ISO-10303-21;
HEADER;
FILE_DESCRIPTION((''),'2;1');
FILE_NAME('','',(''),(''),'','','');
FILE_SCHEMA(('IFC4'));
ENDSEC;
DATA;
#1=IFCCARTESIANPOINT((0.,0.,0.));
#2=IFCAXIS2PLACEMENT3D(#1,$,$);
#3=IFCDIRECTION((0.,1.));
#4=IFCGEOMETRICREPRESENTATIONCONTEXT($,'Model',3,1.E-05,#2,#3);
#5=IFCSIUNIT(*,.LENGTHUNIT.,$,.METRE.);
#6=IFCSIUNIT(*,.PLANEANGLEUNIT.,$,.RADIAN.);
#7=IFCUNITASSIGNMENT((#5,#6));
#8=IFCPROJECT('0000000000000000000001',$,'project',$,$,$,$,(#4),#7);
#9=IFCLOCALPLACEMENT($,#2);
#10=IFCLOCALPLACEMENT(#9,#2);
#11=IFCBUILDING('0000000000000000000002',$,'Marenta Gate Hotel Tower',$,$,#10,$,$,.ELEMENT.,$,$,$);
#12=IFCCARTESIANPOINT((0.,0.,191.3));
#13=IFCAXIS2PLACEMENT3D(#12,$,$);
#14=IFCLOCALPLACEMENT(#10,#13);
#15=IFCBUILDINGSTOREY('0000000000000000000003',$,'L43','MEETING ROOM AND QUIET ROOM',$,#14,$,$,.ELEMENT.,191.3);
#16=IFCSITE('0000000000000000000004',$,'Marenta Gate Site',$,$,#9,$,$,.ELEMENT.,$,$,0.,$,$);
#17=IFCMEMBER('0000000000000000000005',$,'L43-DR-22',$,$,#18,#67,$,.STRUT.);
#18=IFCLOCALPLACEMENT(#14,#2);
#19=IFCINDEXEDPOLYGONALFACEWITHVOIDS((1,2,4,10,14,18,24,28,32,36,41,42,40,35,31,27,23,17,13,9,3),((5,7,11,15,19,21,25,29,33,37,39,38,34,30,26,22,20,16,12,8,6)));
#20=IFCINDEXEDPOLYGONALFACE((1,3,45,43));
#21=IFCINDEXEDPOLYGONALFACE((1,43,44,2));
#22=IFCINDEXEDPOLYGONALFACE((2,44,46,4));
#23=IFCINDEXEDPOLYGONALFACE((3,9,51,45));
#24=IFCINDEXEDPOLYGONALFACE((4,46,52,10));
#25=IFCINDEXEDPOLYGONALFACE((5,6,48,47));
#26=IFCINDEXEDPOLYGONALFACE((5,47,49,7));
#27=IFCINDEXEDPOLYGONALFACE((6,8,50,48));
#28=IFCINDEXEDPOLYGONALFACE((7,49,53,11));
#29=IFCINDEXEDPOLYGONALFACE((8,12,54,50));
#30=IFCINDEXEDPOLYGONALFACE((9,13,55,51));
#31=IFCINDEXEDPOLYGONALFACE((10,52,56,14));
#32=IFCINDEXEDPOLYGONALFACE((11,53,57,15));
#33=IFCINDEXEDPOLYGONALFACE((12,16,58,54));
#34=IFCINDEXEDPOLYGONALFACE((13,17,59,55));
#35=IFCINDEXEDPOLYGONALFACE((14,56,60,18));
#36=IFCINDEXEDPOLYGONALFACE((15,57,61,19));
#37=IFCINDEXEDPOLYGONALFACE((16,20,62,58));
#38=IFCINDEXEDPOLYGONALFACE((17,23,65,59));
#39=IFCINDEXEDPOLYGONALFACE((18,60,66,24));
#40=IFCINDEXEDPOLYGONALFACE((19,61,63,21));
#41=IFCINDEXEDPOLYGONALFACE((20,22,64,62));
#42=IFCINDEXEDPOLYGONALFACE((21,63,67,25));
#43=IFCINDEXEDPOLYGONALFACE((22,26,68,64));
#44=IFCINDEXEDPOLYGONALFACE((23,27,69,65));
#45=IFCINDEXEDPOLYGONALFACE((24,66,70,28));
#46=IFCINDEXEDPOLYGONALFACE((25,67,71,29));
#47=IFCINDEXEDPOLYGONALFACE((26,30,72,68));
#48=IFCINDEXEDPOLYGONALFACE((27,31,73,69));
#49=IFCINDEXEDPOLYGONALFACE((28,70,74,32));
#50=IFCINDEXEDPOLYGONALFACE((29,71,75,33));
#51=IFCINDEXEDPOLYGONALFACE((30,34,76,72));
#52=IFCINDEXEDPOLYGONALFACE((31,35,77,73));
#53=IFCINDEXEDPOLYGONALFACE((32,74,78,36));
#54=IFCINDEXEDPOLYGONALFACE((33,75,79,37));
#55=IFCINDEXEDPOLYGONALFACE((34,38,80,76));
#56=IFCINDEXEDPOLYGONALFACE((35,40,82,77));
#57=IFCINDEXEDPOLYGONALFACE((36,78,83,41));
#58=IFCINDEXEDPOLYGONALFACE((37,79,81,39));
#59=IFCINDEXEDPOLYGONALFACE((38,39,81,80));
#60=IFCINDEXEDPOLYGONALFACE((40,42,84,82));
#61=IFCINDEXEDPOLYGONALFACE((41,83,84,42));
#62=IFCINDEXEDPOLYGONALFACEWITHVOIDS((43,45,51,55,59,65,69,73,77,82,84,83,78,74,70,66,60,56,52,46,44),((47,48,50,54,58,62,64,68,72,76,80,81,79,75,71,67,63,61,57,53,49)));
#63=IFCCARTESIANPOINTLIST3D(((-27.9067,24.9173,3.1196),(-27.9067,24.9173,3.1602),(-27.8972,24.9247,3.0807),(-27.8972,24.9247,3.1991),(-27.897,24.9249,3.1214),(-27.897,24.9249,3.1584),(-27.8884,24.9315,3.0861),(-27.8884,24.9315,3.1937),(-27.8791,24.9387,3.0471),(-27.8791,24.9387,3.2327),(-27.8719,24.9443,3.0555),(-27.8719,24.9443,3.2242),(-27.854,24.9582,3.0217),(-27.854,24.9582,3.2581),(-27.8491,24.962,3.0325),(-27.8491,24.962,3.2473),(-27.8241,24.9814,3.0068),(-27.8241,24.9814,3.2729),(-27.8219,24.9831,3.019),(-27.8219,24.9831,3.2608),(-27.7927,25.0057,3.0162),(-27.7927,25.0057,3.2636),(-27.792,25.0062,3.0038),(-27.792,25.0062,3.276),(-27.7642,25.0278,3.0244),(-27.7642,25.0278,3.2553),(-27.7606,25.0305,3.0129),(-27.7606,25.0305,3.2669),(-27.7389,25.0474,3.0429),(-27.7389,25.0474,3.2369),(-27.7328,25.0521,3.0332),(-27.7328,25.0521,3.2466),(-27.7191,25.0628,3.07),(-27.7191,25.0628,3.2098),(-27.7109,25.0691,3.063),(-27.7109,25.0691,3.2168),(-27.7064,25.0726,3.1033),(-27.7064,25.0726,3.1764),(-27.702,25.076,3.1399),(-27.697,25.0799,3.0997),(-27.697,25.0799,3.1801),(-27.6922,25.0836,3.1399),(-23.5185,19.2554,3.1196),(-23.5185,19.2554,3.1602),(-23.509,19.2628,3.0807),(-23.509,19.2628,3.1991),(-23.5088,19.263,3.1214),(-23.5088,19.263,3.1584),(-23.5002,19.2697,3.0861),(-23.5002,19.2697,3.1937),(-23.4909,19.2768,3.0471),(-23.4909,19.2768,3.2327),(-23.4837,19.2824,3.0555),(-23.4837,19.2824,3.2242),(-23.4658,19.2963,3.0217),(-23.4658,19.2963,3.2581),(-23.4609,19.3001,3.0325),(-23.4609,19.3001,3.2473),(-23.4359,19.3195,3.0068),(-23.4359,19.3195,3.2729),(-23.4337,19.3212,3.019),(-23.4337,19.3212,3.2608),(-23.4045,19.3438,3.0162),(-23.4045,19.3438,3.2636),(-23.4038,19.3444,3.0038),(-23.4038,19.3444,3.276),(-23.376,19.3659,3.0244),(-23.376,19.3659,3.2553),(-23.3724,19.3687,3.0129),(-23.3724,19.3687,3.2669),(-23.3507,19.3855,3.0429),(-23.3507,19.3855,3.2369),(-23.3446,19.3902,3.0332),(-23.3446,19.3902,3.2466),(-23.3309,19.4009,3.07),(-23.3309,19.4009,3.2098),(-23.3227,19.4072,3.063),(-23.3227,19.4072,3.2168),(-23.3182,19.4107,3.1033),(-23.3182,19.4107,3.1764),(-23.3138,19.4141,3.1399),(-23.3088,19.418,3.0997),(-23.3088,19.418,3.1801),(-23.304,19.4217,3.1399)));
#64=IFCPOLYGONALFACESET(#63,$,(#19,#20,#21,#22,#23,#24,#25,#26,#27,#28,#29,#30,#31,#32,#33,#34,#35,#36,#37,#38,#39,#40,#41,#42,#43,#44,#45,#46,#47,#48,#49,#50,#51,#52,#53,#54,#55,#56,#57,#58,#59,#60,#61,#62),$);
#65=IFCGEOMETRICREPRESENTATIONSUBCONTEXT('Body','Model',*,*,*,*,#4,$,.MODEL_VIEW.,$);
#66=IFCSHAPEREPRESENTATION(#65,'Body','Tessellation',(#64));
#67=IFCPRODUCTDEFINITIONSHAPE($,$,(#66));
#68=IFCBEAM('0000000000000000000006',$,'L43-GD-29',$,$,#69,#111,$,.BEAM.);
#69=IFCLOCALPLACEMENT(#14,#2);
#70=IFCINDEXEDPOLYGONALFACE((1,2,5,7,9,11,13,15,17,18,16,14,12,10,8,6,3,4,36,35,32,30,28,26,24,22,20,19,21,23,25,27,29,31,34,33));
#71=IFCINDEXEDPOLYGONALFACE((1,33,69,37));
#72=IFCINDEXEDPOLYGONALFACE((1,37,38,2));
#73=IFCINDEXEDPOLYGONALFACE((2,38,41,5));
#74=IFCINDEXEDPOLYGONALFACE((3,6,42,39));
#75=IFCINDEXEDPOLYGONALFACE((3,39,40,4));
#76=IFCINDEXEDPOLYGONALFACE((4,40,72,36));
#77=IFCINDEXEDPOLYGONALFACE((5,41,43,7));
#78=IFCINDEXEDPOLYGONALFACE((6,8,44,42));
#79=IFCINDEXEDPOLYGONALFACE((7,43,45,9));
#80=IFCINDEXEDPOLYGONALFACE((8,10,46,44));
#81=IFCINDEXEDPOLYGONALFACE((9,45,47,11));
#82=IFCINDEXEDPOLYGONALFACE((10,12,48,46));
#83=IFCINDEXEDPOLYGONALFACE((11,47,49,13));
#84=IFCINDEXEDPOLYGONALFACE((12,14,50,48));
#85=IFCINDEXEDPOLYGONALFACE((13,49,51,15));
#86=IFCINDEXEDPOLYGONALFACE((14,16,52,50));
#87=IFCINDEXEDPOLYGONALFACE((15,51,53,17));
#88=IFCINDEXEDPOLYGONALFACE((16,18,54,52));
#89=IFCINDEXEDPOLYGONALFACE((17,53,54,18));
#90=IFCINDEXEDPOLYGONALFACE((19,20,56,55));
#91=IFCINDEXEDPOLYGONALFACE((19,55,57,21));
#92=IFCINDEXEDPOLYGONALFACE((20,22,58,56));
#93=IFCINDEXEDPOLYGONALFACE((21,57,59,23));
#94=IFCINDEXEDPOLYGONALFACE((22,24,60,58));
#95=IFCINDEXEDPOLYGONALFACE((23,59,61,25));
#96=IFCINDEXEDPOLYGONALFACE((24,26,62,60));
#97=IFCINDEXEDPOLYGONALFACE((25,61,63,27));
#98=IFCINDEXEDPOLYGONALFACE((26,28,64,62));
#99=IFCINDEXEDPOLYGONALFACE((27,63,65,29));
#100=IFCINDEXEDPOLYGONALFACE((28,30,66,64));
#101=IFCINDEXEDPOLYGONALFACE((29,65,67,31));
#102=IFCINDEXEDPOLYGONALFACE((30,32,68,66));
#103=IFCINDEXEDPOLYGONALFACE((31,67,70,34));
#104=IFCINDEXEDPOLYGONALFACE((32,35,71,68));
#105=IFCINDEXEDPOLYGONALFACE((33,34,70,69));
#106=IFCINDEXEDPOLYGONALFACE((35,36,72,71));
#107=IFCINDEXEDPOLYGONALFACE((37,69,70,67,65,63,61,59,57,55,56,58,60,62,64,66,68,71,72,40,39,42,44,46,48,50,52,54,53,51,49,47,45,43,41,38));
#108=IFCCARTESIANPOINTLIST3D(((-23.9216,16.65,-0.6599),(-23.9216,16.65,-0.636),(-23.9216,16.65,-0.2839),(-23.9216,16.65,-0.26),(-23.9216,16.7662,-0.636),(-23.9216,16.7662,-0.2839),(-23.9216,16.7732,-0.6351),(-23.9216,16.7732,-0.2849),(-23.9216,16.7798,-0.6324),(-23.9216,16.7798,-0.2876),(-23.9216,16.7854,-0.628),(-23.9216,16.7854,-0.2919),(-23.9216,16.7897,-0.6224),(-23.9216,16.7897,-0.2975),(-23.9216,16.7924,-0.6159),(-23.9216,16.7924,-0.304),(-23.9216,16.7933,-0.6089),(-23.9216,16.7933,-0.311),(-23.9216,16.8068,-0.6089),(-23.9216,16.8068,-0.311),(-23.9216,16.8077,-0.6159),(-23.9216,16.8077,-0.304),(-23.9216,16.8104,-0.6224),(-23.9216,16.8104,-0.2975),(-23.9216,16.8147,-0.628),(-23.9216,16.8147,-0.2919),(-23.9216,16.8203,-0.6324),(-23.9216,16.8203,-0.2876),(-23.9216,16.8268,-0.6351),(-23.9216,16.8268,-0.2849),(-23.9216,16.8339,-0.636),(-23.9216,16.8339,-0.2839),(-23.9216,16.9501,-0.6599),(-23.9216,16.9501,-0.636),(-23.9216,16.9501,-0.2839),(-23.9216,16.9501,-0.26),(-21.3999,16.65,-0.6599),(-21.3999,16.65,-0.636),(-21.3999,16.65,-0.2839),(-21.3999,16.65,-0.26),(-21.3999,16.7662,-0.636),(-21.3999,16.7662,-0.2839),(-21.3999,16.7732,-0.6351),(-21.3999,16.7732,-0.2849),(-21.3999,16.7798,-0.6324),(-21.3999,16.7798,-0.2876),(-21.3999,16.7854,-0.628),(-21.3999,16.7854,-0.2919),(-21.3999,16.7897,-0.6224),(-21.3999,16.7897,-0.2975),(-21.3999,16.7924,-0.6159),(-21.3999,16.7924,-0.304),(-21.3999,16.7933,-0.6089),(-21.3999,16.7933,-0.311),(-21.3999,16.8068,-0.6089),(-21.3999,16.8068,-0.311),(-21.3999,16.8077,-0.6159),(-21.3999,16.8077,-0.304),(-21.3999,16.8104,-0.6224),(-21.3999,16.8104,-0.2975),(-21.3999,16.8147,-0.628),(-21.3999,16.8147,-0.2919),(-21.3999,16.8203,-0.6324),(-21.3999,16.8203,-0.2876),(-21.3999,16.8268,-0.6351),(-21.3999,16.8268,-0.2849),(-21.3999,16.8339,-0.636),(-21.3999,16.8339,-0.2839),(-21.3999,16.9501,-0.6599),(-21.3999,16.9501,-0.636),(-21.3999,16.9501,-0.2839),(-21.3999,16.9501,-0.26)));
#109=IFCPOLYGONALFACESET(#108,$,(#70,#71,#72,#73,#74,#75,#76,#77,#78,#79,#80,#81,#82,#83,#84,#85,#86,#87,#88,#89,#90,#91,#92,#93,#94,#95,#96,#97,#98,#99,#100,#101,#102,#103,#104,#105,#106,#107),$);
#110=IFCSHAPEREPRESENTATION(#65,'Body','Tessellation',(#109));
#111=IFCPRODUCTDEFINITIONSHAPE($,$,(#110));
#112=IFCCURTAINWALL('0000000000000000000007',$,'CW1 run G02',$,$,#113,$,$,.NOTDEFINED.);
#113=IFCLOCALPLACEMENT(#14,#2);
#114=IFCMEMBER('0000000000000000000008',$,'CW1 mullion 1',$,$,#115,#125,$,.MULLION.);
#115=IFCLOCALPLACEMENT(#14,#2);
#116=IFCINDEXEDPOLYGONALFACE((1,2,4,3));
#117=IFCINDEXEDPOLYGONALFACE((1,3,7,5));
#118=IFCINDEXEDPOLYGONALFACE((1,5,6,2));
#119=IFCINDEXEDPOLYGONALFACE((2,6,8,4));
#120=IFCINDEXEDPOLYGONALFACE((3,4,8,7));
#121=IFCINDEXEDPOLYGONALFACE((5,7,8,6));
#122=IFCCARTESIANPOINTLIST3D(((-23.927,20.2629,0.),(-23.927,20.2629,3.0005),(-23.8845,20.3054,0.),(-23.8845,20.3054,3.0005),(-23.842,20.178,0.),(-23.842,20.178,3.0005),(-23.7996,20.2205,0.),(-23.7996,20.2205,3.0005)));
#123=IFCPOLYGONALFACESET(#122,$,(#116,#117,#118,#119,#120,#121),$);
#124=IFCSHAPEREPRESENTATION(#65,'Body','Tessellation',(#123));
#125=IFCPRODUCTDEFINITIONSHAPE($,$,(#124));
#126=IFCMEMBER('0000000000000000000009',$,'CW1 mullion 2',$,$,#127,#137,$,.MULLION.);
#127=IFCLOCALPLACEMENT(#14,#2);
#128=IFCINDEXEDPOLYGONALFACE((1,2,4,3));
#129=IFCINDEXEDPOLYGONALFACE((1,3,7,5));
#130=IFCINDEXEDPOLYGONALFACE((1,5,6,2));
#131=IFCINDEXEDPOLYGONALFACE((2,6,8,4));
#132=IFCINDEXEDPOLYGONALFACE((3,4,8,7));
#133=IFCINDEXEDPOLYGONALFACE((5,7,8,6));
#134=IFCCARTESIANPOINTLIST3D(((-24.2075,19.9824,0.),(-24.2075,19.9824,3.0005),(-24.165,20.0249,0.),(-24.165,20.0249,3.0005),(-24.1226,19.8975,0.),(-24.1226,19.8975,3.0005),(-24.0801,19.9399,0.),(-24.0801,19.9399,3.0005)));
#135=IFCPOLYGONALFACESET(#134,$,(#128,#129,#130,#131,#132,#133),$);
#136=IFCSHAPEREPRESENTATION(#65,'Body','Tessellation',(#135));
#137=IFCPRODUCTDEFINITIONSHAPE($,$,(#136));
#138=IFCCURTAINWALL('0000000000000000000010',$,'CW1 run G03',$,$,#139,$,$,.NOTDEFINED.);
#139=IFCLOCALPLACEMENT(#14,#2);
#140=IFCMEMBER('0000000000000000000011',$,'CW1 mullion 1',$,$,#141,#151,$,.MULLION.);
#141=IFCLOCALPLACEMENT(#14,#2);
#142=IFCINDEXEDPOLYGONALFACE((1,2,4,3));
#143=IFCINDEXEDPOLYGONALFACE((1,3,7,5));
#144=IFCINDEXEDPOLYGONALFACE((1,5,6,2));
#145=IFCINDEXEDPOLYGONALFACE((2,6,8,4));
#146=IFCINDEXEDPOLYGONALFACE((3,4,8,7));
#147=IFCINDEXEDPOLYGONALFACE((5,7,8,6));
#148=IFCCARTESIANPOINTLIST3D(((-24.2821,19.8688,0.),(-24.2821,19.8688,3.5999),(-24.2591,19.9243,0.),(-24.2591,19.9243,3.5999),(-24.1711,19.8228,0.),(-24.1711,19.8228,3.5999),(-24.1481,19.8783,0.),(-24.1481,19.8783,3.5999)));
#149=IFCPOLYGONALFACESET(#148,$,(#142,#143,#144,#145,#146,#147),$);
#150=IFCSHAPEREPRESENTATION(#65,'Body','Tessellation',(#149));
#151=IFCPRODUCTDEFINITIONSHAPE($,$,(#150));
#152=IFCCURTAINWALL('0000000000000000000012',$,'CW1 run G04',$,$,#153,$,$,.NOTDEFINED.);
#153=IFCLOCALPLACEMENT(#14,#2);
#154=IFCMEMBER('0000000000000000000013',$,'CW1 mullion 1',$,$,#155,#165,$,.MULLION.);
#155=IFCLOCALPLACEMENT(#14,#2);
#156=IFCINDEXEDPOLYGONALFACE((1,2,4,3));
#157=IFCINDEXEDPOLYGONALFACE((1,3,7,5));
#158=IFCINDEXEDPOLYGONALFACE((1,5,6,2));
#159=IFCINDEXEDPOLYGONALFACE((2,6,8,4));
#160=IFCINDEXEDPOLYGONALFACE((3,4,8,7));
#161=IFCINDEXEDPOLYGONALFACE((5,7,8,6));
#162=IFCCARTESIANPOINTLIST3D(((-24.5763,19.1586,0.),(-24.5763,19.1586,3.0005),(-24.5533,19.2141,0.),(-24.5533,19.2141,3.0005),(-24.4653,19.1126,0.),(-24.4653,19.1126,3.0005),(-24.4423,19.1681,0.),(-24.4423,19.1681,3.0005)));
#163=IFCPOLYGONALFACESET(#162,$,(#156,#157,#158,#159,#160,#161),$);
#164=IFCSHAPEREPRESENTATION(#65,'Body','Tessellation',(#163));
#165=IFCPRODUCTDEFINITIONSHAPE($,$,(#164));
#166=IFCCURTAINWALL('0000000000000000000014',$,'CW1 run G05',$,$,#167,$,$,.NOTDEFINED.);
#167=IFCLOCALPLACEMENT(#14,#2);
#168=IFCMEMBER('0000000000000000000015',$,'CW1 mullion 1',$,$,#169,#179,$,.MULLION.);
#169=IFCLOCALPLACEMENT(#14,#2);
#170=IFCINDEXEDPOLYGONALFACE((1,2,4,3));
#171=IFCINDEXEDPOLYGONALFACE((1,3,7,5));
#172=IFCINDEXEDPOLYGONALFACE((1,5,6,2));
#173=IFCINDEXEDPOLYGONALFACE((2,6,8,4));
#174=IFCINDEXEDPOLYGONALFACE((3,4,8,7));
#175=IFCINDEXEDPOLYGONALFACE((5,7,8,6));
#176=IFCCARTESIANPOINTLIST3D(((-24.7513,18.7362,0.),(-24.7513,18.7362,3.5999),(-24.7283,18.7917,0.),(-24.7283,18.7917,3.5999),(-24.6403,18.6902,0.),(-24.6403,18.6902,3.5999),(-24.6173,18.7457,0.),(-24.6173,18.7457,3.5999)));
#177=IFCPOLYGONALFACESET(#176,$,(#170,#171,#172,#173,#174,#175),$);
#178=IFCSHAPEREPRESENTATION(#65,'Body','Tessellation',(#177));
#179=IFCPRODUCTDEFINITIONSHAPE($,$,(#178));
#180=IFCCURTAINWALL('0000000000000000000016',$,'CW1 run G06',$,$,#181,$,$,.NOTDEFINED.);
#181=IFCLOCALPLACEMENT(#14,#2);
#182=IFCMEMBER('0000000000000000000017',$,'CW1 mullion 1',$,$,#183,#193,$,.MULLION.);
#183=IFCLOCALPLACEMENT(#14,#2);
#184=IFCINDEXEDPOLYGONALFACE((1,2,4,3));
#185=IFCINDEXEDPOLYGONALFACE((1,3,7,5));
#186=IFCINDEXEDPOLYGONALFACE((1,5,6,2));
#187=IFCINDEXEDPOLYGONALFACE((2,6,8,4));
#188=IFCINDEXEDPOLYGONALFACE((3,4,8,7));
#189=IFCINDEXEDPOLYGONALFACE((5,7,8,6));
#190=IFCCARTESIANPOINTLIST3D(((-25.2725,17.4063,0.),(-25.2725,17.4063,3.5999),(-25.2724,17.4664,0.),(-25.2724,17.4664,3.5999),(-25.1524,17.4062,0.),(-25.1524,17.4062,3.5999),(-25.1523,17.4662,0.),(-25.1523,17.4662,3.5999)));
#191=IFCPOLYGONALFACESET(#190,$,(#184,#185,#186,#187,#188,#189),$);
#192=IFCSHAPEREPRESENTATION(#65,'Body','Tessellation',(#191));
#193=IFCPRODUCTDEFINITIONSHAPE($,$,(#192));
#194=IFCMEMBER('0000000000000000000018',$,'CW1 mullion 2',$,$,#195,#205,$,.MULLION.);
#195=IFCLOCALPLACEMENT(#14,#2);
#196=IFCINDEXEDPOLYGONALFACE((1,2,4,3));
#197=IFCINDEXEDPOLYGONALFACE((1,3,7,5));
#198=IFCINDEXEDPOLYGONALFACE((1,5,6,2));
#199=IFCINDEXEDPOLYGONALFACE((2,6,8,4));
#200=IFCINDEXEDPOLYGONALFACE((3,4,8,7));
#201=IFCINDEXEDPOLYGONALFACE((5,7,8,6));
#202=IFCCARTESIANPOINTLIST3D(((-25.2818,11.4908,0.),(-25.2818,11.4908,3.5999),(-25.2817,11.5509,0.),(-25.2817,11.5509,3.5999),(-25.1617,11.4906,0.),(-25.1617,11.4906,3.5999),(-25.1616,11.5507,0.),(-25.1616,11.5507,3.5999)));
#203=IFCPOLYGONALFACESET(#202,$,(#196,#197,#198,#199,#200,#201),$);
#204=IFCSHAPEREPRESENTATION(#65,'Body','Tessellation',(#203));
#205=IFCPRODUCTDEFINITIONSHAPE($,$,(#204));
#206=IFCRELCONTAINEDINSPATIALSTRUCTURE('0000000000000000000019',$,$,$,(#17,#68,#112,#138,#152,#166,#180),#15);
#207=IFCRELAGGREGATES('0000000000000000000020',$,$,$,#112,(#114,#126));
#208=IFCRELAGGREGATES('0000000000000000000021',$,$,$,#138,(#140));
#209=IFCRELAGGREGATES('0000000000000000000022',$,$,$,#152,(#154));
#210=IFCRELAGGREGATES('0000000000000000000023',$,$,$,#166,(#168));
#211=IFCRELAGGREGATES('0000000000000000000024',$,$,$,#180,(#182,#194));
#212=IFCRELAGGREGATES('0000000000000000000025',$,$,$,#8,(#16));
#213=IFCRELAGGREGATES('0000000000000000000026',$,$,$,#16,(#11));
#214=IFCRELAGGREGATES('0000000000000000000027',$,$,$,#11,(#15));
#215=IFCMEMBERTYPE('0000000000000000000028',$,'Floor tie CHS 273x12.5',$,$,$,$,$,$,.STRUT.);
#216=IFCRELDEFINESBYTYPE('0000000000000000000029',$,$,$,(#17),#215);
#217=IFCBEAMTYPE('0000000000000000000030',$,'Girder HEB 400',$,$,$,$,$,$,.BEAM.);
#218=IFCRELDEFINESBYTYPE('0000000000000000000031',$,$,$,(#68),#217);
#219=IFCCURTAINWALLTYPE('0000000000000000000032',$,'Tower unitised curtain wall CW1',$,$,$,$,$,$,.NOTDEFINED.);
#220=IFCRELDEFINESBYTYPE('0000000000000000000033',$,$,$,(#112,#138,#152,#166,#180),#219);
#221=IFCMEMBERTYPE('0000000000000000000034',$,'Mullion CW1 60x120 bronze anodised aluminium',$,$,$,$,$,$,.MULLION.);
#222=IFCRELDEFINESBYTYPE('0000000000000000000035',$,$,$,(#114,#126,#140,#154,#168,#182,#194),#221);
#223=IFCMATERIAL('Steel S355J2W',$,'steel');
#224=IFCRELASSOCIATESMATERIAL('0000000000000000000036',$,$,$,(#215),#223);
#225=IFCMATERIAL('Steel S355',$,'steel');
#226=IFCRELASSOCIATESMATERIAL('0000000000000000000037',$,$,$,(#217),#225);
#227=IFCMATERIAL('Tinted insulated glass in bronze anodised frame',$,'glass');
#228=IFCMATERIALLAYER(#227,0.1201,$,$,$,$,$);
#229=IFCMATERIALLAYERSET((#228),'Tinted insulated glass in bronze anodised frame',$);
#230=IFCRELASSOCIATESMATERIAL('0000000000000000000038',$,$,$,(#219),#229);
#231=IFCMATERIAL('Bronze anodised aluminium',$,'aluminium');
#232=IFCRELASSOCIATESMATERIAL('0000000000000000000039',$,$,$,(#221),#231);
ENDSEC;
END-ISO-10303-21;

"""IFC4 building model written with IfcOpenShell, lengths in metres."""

from ifc_helpers import new_model, si_unit, direction, frame, origin, origin_2d, place, context, subcontext, project, spatial, rectangle, hollow_circle, i_section, extrude, material, layer, layer_set, material_profile, profile_set, type_object, element, aggregate, save


model = new_model("IFC4")

# Units and contexts
model_context = context("Model", 3, precision=1e-05, world=origin(), true_north=direction((0.0, 1.0)))
body_context = subcontext(model_context, "Body", "Model", "MODEL_VIEW")
ifc_project = project(units=[si_unit("LENGTHUNIT", "METRE"), si_unit("PLANEANGLEUNIT", "RADIAN")], contexts=[model_context])

# Site, building, storey
site_placement = place(None, origin())
site = spatial("IfcSite", under=ifc_project, at=site_placement, Name="Marenta Gate Site", CompositionType="ELEMENT", RefElevation=0.0)
building_placement = place(site_placement, origin())
building = spatial("IfcBuilding", under=site, at=building_placement, Name="Marenta Gate Hotel Tower", CompositionType="ELEMENT")
storey_placement = place(building_placement, frame((0.0, 0.0, 191.3)))
storey = spatial("IfcBuildingStorey", under=building, at=storey_placement, Name="L43", Description="MEETING ROOM AND QUIET ROOM", CompositionType="ELEMENT", Elevation=191.3)

# Member
ifc_material_1 = material(Name="Steel S355J2W", Category="steel")
ifc_material_profile_1 = material_profile(ifc_material_1, hollow_circle(Radius=0.1365, WallThickness=0.0125, at=origin_2d()), Name="CHS 273x12.5")
ifc_profile_set_1 = profile_set([ifc_material_profile_1], Name="Steel S355J2W")
member_type_1 = type_object("IfcMemberType", Name="Floor tie CHS 273x12.5", PredefinedType="STRUT", material=ifc_profile_set_1)
member_1_placement = place(storey_placement, frame((-27.8, 25.0, 3.1399), z_axis=(0.612592, -0.790399, 0.0), x_axis=(0.790399, 0.612592, 0.0)))
element("IfcMember", 1, at=member_1_placement, inside=storey, type_object=member_type_1, Name="L43-DR-22", PredefinedType="STRUT", context=body_context, shape_type="SweptSolid", body=[
    extrude(hollow_circle(Radius=0.1365, WallThickness=0.0125, at=origin_2d()), origin(), (0.0, 0.0, 1.0), 7.1633),
])

# Beam
ifc_material_2 = material(Name="Steel S355", Category="steel")
ifc_material_profile_2 = material_profile(ifc_material_2, i_section(OverallWidth=0.3, OverallDepth=0.3999, WebThickness=0.0134, FlangeThickness=0.0239, FilletRadius=0.0271, at=origin_2d()), Name="HEB 400")
ifc_profile_set_2 = profile_set([ifc_material_profile_2], Name="Steel S355")
beam_type_1 = type_object("IfcBeamType", Name="Girder HEB 400", PredefinedType="BEAM", material=ifc_profile_set_2)
beam_1_placement = place(storey_placement, frame((-23.9216, 16.8, -0.46), z_axis=(1.0, 0.0, 0.0), x_axis=(0.0, 1.0, 0.0)))
element("IfcBeam", 2, at=beam_1_placement, inside=storey, type_object=beam_type_1, Name="L43-GD-29", PredefinedType="BEAM", context=body_context, shape_type="SweptSolid", body=[
    extrude(i_section(OverallWidth=0.3, OverallDepth=0.3999, WebThickness=0.0134, FlangeThickness=0.0239, FilletRadius=0.0271, at=origin_2d()), origin(), (0.0, 0.0, 1.0), 2.5217),
])

# Curtain wall, members
ifc_material_3 = material(Name="Tinted insulated glass in bronze anodised frame", Category="glass")
ifc_layer_1 = layer(ifc_material_3, 0.1201)
ifc_layer_set_1 = layer_set([ifc_layer_1], Name="Tinted insulated glass in bronze anodised frame")
curtain_wall_type = type_object("IfcCurtainWallType", Name="Tower unitised curtain wall CW1", PredefinedType="NOTDEFINED", material=ifc_layer_set_1)
curtain_wall_1_placement = place(storey_placement, origin())
curtain_wall_1 = element("IfcCurtainWall", 3, at=curtain_wall_1_placement, inside=storey, type_object=curtain_wall_type, Name="CW1 run G02", PredefinedType="NOTDEFINED")
ifc_material_4 = material(Name="Bronze anodised aluminium", Category="aluminium")
ifc_material_profile_3 = material_profile(ifc_material_4, rectangle(XDim=0.1201, YDim=0.0601, at=origin_2d()), Name="Mullion CW1 60x120 bronze anodised aluminium")
ifc_profile_set_3 = profile_set([ifc_material_profile_3], Name="Bronze anodised aluminium")
member_type_2 = type_object("IfcMemberType", Name="Mullion CW1 60x120 bronze anodised aluminium", PredefinedType="MULLION", material=ifc_profile_set_3)
member_2_placement = place(storey_placement, frame((-23.8633, 20.2417, 0.0), z_axis=(0.0, 0.0, 1.0), x_axis=(0.707107, -0.707107, 0.0)))
member_2 = element("IfcMember", 4, at=member_2_placement, type_object=member_type_2, Name="CW1 mullion 1", PredefinedType="MULLION", context=body_context, shape_type="SweptSolid", body=[
    extrude(rectangle(XDim=0.1201, YDim=0.0601, at=origin_2d()), origin(), (0.0, 0.0, 1.0), 3.0005),
])
member_3_placement = place(storey_placement, frame((-24.1438, 19.9612, 0.0), z_axis=(0.0, 0.0, 1.0), x_axis=(0.707107, -0.707107, 0.0)))
member_3 = element("IfcMember", 5, at=member_3_placement, type_object=member_type_2, Name="CW1 mullion 2", PredefinedType="MULLION", context=body_context, shape_type="SweptSolid", body=[
    extrude(rectangle(XDim=0.1201, YDim=0.0601, at=origin_2d()), origin(), (0.0, 0.0, 1.0), 3.0005),
])

# Curtain walls, members
curtain_wall_2_placement = place(storey_placement, origin())
curtain_wall_2 = element("IfcCurtainWall", 6, at=curtain_wall_2_placement, inside=storey, type_object=curtain_wall_type, Name="CW1 run G03", PredefinedType="NOTDEFINED")
member_4_placement = place(storey_placement, frame((-24.2151, 19.8735, 0.0), z_axis=(0.0, 0.0, 1.0), x_axis=(0.923868, -0.382712, 0.0)))
member_4 = element("IfcMember", 7, at=member_4_placement, type_object=member_type_2, Name="CW1 mullion 1", PredefinedType="MULLION", context=body_context, shape_type="SweptSolid", body=[
    extrude(rectangle(XDim=0.1201, YDim=0.0601, at=origin_2d()), origin(), (0.0, 0.0, 1.0), 3.5999),
])
curtain_wall_3_placement = place(storey_placement, origin())
curtain_wall_3 = element("IfcCurtainWall", 8, at=curtain_wall_3_placement, inside=storey, type_object=curtain_wall_type, Name="CW1 run G04", PredefinedType="NOTDEFINED")
member_5_placement = place(storey_placement, frame((-24.5093, 19.1633, 0.0), z_axis=(0.0, 0.0, 1.0), x_axis=(0.923897, -0.382642, 0.0)))
member_5 = element("IfcMember", 9, at=member_5_placement, type_object=member_type_2, Name="CW1 mullion 1", PredefinedType="MULLION", context=body_context, shape_type="SweptSolid", body=[
    extrude(rectangle(XDim=0.1201, YDim=0.0601, at=origin_2d()), origin(), (0.0, 0.0, 1.0), 3.0005),
])
curtain_wall_4_placement = place(storey_placement, origin())
curtain_wall_4 = element("IfcCurtainWall", 10, at=curtain_wall_4_placement, inside=storey, type_object=curtain_wall_type, Name="CW1 run G05", PredefinedType="NOTDEFINED")
member_6_placement = place(storey_placement, frame((-24.6843, 18.741, 0.0), z_axis=(0.0, 0.0, 1.0), x_axis=(0.923893, -0.38265, 0.0)))
member_6 = element("IfcMember", 11, at=member_6_placement, type_object=member_type_2, Name="CW1 mullion 1", PredefinedType="MULLION", context=body_context, shape_type="SweptSolid", body=[
    extrude(rectangle(XDim=0.1201, YDim=0.0601, at=origin_2d()), origin(), (0.0, 0.0, 1.0), 3.5999),
])

# Curtain wall, members
curtain_wall_5_placement = place(storey_placement, origin())
curtain_wall_5 = element("IfcCurtainWall", 12, at=curtain_wall_5_placement, inside=storey, type_object=curtain_wall_type, Name="CW1 run G06", PredefinedType="NOTDEFINED")
member_7_placement = place(storey_placement, frame((-25.2124, 17.4363, 0.0), z_axis=(0.0, 0.0, 1.0), x_axis=(0.999999, -0.00157, 0.0)))
member_7 = element("IfcMember", 13, at=member_7_placement, type_object=member_type_2, Name="CW1 mullion 1", PredefinedType="MULLION", context=body_context, shape_type="SweptSolid", body=[
    extrude(rectangle(XDim=0.1201, YDim=0.0601, at=origin_2d()), origin(), (0.0, 0.0, 1.0), 3.5999),
])
member_8_placement = place(storey_placement, frame((-25.2217, 11.5208, 0.0), z_axis=(0.0, 0.0, 1.0), x_axis=(0.999999, -0.00157, 0.0)))
member_8 = element("IfcMember", 14, at=member_8_placement, type_object=member_type_2, Name="CW1 mullion 2", PredefinedType="MULLION", context=body_context, shape_type="SweptSolid", body=[
    extrude(rectangle(XDim=0.1201, YDim=0.0601, at=origin_2d()), origin(), (0.0, 0.0, 1.0), 3.5999),
])

aggregate(curtain_wall_1, [member_2, member_3])
aggregate(curtain_wall_2, [member_4])
aggregate(curtain_wall_3, [member_5])
aggregate(curtain_wall_4, [member_6])
aggregate(curtain_wall_5, [member_7, member_8])

save(model, "model.ifc")
